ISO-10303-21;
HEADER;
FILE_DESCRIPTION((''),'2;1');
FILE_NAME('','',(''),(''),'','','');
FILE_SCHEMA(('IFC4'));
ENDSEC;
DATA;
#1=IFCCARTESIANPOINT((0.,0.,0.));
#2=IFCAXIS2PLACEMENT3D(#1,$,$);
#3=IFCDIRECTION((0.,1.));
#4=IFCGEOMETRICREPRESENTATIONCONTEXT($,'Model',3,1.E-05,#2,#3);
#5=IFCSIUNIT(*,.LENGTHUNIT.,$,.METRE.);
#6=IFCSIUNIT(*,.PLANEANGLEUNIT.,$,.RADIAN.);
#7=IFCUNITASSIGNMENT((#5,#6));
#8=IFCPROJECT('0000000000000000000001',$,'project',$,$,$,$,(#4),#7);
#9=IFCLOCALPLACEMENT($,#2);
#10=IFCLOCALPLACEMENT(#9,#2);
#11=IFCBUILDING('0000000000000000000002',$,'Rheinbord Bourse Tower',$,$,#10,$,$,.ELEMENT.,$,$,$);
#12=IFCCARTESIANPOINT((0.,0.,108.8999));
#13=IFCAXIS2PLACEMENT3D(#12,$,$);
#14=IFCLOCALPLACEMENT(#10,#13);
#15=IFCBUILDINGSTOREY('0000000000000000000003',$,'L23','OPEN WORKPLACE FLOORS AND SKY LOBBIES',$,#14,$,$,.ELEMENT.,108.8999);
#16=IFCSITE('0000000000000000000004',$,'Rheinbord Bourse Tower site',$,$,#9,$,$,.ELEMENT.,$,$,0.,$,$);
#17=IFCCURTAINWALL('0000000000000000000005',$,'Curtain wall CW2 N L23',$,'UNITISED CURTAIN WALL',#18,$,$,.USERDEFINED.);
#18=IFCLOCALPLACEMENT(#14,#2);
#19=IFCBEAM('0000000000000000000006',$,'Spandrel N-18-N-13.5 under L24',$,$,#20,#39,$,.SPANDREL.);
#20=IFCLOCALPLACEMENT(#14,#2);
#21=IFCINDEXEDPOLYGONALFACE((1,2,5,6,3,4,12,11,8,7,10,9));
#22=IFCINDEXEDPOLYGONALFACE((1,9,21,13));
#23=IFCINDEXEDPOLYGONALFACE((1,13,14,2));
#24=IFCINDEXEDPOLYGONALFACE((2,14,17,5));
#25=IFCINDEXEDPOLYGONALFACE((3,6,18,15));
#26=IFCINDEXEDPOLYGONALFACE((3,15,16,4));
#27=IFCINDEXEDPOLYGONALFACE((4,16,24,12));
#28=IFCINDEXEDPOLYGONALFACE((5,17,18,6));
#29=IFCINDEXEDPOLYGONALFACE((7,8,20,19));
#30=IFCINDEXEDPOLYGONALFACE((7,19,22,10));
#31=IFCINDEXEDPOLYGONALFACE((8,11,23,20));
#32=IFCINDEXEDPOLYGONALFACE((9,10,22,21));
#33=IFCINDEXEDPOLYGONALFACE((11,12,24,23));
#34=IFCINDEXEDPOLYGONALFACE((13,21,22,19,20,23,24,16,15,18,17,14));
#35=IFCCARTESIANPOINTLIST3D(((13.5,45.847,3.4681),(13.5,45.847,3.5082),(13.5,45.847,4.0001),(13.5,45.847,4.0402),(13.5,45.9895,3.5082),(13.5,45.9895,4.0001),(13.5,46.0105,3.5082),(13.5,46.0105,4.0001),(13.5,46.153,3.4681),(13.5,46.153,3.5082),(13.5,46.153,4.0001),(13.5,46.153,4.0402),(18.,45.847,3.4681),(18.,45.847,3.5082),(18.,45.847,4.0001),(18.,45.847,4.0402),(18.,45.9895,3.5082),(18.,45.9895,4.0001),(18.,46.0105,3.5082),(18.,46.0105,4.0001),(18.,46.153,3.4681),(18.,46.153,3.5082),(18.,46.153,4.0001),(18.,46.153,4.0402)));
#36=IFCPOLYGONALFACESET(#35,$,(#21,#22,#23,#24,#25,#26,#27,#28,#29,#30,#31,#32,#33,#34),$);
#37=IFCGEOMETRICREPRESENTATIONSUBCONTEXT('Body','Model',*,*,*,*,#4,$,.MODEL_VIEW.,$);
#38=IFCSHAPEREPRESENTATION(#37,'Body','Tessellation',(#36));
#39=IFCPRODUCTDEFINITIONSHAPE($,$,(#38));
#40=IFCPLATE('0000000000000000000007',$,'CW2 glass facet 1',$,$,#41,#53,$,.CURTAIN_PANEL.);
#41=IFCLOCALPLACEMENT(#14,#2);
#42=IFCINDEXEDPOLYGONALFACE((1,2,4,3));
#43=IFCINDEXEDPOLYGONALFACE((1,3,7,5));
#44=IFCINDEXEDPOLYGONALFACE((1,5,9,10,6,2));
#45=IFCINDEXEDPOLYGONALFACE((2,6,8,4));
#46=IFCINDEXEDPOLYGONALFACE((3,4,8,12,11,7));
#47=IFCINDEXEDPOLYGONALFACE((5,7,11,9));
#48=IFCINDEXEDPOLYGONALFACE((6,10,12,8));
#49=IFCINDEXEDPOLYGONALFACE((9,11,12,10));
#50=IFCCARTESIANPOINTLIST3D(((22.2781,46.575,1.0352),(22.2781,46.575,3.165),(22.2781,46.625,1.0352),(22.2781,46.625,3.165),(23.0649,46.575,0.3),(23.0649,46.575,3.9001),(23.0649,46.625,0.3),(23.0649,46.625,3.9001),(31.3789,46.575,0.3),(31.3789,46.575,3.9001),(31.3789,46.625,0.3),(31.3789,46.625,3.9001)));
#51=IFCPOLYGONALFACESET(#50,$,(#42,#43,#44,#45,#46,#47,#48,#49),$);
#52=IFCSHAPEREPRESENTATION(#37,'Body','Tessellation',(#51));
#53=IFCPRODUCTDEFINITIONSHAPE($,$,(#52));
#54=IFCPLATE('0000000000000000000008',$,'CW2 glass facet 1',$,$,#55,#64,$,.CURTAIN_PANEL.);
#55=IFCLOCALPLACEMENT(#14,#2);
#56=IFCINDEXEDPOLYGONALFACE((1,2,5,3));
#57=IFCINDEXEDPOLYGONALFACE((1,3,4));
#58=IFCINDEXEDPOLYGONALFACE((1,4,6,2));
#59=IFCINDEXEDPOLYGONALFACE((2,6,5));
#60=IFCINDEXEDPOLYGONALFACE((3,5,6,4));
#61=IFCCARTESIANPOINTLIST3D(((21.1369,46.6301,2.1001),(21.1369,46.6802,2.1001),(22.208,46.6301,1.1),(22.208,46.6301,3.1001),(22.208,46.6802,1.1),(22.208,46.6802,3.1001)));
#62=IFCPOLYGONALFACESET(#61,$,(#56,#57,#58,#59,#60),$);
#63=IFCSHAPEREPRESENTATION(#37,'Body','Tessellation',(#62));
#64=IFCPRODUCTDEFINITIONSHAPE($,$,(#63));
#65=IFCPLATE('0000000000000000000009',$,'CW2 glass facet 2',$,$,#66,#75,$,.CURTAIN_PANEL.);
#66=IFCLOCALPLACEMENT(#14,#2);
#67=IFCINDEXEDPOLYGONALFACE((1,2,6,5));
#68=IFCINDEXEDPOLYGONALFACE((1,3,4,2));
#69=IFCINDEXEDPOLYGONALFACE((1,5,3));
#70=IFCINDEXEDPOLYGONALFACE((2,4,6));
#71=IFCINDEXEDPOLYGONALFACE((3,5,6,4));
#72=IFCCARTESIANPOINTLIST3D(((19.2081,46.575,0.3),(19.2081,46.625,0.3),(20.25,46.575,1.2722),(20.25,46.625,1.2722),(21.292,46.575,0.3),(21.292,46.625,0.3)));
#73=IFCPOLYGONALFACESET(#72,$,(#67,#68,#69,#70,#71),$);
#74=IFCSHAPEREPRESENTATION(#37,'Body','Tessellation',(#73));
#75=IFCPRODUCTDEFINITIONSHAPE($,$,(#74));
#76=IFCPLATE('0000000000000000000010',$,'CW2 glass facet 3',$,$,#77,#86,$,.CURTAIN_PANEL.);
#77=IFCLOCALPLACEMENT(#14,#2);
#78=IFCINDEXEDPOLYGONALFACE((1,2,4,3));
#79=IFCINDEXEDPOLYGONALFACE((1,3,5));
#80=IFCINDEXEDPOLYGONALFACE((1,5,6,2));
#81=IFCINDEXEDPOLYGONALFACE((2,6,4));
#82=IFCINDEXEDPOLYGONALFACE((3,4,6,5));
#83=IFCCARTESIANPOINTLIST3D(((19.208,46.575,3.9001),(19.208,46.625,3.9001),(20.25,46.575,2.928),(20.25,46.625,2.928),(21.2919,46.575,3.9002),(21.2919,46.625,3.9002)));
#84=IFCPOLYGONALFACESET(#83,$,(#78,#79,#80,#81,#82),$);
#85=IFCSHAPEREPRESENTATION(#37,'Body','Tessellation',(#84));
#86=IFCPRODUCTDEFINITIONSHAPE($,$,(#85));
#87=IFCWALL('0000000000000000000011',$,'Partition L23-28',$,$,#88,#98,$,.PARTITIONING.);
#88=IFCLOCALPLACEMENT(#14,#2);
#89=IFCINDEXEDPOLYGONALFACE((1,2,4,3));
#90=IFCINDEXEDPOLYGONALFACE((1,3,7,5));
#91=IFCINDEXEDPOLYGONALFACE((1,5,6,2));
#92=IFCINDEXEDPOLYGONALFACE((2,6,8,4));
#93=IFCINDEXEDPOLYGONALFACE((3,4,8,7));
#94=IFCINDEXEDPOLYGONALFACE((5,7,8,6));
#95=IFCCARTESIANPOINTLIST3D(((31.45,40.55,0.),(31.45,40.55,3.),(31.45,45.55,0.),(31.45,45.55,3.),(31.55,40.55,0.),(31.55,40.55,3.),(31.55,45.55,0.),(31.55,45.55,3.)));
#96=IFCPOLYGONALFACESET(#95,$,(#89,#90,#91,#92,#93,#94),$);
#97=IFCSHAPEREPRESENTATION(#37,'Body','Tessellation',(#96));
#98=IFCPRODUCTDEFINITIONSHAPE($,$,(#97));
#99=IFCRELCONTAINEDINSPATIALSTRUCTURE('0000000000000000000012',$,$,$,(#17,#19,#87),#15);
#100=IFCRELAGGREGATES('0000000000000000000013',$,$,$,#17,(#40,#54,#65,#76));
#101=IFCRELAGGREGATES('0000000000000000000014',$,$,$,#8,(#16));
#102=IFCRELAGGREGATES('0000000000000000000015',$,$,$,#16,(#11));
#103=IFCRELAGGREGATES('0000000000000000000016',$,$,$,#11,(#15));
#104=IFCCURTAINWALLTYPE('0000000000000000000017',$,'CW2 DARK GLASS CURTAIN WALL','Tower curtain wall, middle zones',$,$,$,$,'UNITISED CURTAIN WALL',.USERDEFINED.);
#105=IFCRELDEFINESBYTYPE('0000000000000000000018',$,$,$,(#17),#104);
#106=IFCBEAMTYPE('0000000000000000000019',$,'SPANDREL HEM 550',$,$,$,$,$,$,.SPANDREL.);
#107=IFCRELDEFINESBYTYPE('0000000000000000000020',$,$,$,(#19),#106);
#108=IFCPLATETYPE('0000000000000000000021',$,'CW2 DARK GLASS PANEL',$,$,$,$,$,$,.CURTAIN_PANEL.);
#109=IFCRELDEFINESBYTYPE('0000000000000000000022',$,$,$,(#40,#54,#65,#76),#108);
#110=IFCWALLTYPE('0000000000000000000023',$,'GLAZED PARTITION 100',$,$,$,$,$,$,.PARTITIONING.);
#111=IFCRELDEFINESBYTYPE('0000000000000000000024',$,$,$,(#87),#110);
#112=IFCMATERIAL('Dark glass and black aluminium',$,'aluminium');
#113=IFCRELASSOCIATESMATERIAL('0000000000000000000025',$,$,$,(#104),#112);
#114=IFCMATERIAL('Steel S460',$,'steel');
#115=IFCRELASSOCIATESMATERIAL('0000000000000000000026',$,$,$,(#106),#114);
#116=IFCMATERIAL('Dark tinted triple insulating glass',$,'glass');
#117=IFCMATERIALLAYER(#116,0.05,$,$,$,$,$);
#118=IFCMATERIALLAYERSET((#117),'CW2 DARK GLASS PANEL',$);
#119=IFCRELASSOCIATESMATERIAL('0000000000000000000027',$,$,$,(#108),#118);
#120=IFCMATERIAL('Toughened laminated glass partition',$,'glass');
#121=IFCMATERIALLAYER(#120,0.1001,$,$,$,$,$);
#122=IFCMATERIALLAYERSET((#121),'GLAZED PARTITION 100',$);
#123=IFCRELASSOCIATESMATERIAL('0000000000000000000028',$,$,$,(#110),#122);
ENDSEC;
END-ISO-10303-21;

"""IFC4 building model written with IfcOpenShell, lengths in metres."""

from ifc_helpers import new_model, si_unit, direction, frame, frame_2d, origin, origin_2d, place, context, subcontext, project, spatial, polyline, rectangle, i_section, outline, extrude, material, layer, layer_set, material_profile, profile_set, type_object, element, aggregate, save


model = new_model("IFC4")

# Units and contexts
model_context = context("Model", 3, precision=1e-05, world=origin(), true_north=direction((0.0, 1.0)))
body_context = subcontext(model_context, "Body", "Model", "MODEL_VIEW")
ifc_project = project(units=[si_unit("LENGTHUNIT", "METRE"), si_unit("PLANEANGLEUNIT", "RADIAN")], contexts=[model_context])

# Site, building, storey
site_placement = place(None, origin())
site = spatial("IfcSite", under=ifc_project, at=site_placement, Name="Rheinbord Bourse Tower site", CompositionType="ELEMENT", RefElevation=0.0)
building_placement = place(site_placement, origin())
building = spatial("IfcBuilding", under=site, at=building_placement, Name="Rheinbord Bourse Tower", CompositionType="ELEMENT")
storey_placement = place(building_placement, frame((0.0, 0.0, 108.8999)))
storey = spatial("IfcBuildingStorey", under=building, at=storey_placement, Name="L23", Description="OPEN WORKPLACE FLOORS AND SKY LOBBIES", CompositionType="ELEMENT", Elevation=108.8999)

# Curtain wall
ifc_material_1 = material(Name="Dark glass and black aluminium", Category="aluminium")
curtain_wall_type = type_object("IfcCurtainWallType", Name="CW2 DARK GLASS CURTAIN WALL", Description="Tower curtain wall, middle zones", ElementType="UNITISED CURTAIN WALL", PredefinedType="USERDEFINED", material=ifc_material_1)
curtain_wall_placement = place(storey_placement, origin())
curtain_wall = element("IfcCurtainWall", 1, at=curtain_wall_placement, inside=storey, type_object=curtain_wall_type, Name="Curtain wall CW2 N L23", ObjectType="UNITISED CURTAIN WALL", PredefinedType="USERDEFINED")

# Beam
ifc_material_2 = material(Name="Steel S460", Category="steel")
ifc_material_profile_1 = material_profile(ifc_material_2, i_section(OverallWidth=0.3059, OverallDepth=0.572, WebThickness=0.021, FlangeThickness=0.04, at=origin_2d()), Name="HEM 550")
ifc_profile_set_1 = profile_set([ifc_material_profile_1], Name="Steel S460")
beam_type_1 = type_object("IfcBeamType", Name="SPANDREL HEM 550", PredefinedType="SPANDREL", material=ifc_profile_set_1)
for number, where, z_axis, x_axis, name in (
    (2, (18.0, 46.0, 3.7542), (-1.0, 0.0, 0.0), (0.0, -1.0, 0.0), "Spandrel N-18-N-13.5 under L24"),
):
    element("IfcBeam", number, at=place(storey_placement, frame(where, z_axis=z_axis, x_axis=x_axis)), inside=storey, type_object=beam_type_1, Name=name, PredefinedType="SPANDREL", context=body_context, shape_type="SweptSolid", body=[
        extrude(i_section(OverallWidth=0.3059, OverallDepth=0.572, WebThickness=0.021, FlangeThickness=0.04, at=origin_2d()), origin(), (0.0, 0.0, 1.0), 4.5),
    ])

# Plates
ifc_material_3 = material(Name="Dark tinted triple insulating glass", Category="glass")
ifc_layer_1 = layer(ifc_material_3, 0.05)
ifc_layer_set_1 = layer_set([ifc_layer_1], Name="CW2 DARK GLASS PANEL")
plate_type = type_object("IfcPlateType", Name="CW2 DARK GLASS PANEL", PredefinedType="CURTAIN_PANEL", material=ifc_layer_set_1)
plate_1_placement = place(storey_placement, frame((31.3789, 46.625, 0.3), z_axis=(0.0, -1.0, 0.0), x_axis=(0.0, 0.0, 1.0)))
plate_1 = element("IfcPlate", 3, at=plate_1_placement, type_object=plate_type, Name="CW2 glass facet 1", PredefinedType="CURTAIN_PANEL", context=body_context, shape_type="SweptSolid", body=[
    extrude(outline(polyline([(0.0, 0.0), (3.6001, 0.0), (3.6001, 8.314), (2.865, 9.1008), (0.7351, 9.1008), (0.0, 8.314), (0.0, 0.0)])), origin(), (0.0, 0.0, 1.0), 0.05),
])
plate_2_placement = place(storey_placement, frame((22.208, 46.6802, 3.1001), z_axis=(0.0, -1.0, 0.0), x_axis=(-0.730933, 0.0, -0.682449)))
plate_2 = element("IfcPlate", 4, at=plate_2_placement, type_object=plate_type, Name="CW2 glass facet 1", PredefinedType="CURTAIN_PANEL", context=body_context, shape_type="SweptSolid", body=[
    extrude(outline(polyline([(0.0, 0.0), (1.4653, 0.0), (1.365, 1.4619), (0.0, 0.0)])), origin(), (0.0, 0.0, 1.0), 0.05),
])
plate_3_placement = place(storey_placement, frame((21.292, 46.625, 0.3), z_axis=(0.0, -1.0, 0.0), x_axis=(-0.731181, 0.0, 0.682184)))
plate_3 = element("IfcPlate", 5, at=plate_3_placement, type_object=plate_type, Name="CW2 glass facet 2", PredefinedType="CURTAIN_PANEL", context=body_context, shape_type="SweptSolid", body=[
    extrude(outline(polyline([(0.0, 0.0), (1.425, 0.0), (1.5237, 1.4216), (0.0, 0.0)])), origin(), (0.0, 0.0, 1.0), 0.05),
])
plate_4_placement = place(storey_placement, frame((19.208, 46.625, 3.9001), z_axis=(0.0, -1.0, 0.0), x_axis=(0.731181, 0.0, -0.682184)))
plate_4 = element("IfcPlate", 6, at=plate_4_placement, type_object=plate_type, Name="CW2 glass facet 3", PredefinedType="CURTAIN_PANEL", context=body_context, shape_type="SweptSolid", body=[
    extrude(outline(polyline([(0.0, 0.0), (1.425, 0.0), (1.5237, 1.4216), (0.0, 0.0)])), origin(), (0.0, 0.0, 1.0), 0.05),
])
aggregate(curtain_wall, [plate_1, plate_2, plate_3, plate_4])

# Wall
ifc_material_4 = material(Name="Toughened laminated glass partition", Category="glass")
ifc_layer_2 = layer(ifc_material_4, 0.1001)
ifc_layer_set_2 = layer_set([ifc_layer_2], Name="GLAZED PARTITION 100")
wall_type = type_object("IfcWallType", Name="GLAZED PARTITION 100", PredefinedType="PARTITIONING", material=ifc_layer_set_2)
wall_placement = place(storey_placement, frame((31.5, 40.55, 0.0), z_axis=(0.0, 0.0, 1.0), x_axis=(0.0, 1.0, 0.0)))
element("IfcWall", 7, at=wall_placement, inside=storey, type_object=wall_type, Name="Partition L23-28", PredefinedType="PARTITIONING", context=body_context, shape_type="SweptSolid", body=[
    extrude(rectangle(XDim=5.0, YDim=0.1001, at=frame_2d((2.5, 0.0))), origin(), (0.0, 0.0, 1.0), 3.0),
])

save(model, "model.ifc")
